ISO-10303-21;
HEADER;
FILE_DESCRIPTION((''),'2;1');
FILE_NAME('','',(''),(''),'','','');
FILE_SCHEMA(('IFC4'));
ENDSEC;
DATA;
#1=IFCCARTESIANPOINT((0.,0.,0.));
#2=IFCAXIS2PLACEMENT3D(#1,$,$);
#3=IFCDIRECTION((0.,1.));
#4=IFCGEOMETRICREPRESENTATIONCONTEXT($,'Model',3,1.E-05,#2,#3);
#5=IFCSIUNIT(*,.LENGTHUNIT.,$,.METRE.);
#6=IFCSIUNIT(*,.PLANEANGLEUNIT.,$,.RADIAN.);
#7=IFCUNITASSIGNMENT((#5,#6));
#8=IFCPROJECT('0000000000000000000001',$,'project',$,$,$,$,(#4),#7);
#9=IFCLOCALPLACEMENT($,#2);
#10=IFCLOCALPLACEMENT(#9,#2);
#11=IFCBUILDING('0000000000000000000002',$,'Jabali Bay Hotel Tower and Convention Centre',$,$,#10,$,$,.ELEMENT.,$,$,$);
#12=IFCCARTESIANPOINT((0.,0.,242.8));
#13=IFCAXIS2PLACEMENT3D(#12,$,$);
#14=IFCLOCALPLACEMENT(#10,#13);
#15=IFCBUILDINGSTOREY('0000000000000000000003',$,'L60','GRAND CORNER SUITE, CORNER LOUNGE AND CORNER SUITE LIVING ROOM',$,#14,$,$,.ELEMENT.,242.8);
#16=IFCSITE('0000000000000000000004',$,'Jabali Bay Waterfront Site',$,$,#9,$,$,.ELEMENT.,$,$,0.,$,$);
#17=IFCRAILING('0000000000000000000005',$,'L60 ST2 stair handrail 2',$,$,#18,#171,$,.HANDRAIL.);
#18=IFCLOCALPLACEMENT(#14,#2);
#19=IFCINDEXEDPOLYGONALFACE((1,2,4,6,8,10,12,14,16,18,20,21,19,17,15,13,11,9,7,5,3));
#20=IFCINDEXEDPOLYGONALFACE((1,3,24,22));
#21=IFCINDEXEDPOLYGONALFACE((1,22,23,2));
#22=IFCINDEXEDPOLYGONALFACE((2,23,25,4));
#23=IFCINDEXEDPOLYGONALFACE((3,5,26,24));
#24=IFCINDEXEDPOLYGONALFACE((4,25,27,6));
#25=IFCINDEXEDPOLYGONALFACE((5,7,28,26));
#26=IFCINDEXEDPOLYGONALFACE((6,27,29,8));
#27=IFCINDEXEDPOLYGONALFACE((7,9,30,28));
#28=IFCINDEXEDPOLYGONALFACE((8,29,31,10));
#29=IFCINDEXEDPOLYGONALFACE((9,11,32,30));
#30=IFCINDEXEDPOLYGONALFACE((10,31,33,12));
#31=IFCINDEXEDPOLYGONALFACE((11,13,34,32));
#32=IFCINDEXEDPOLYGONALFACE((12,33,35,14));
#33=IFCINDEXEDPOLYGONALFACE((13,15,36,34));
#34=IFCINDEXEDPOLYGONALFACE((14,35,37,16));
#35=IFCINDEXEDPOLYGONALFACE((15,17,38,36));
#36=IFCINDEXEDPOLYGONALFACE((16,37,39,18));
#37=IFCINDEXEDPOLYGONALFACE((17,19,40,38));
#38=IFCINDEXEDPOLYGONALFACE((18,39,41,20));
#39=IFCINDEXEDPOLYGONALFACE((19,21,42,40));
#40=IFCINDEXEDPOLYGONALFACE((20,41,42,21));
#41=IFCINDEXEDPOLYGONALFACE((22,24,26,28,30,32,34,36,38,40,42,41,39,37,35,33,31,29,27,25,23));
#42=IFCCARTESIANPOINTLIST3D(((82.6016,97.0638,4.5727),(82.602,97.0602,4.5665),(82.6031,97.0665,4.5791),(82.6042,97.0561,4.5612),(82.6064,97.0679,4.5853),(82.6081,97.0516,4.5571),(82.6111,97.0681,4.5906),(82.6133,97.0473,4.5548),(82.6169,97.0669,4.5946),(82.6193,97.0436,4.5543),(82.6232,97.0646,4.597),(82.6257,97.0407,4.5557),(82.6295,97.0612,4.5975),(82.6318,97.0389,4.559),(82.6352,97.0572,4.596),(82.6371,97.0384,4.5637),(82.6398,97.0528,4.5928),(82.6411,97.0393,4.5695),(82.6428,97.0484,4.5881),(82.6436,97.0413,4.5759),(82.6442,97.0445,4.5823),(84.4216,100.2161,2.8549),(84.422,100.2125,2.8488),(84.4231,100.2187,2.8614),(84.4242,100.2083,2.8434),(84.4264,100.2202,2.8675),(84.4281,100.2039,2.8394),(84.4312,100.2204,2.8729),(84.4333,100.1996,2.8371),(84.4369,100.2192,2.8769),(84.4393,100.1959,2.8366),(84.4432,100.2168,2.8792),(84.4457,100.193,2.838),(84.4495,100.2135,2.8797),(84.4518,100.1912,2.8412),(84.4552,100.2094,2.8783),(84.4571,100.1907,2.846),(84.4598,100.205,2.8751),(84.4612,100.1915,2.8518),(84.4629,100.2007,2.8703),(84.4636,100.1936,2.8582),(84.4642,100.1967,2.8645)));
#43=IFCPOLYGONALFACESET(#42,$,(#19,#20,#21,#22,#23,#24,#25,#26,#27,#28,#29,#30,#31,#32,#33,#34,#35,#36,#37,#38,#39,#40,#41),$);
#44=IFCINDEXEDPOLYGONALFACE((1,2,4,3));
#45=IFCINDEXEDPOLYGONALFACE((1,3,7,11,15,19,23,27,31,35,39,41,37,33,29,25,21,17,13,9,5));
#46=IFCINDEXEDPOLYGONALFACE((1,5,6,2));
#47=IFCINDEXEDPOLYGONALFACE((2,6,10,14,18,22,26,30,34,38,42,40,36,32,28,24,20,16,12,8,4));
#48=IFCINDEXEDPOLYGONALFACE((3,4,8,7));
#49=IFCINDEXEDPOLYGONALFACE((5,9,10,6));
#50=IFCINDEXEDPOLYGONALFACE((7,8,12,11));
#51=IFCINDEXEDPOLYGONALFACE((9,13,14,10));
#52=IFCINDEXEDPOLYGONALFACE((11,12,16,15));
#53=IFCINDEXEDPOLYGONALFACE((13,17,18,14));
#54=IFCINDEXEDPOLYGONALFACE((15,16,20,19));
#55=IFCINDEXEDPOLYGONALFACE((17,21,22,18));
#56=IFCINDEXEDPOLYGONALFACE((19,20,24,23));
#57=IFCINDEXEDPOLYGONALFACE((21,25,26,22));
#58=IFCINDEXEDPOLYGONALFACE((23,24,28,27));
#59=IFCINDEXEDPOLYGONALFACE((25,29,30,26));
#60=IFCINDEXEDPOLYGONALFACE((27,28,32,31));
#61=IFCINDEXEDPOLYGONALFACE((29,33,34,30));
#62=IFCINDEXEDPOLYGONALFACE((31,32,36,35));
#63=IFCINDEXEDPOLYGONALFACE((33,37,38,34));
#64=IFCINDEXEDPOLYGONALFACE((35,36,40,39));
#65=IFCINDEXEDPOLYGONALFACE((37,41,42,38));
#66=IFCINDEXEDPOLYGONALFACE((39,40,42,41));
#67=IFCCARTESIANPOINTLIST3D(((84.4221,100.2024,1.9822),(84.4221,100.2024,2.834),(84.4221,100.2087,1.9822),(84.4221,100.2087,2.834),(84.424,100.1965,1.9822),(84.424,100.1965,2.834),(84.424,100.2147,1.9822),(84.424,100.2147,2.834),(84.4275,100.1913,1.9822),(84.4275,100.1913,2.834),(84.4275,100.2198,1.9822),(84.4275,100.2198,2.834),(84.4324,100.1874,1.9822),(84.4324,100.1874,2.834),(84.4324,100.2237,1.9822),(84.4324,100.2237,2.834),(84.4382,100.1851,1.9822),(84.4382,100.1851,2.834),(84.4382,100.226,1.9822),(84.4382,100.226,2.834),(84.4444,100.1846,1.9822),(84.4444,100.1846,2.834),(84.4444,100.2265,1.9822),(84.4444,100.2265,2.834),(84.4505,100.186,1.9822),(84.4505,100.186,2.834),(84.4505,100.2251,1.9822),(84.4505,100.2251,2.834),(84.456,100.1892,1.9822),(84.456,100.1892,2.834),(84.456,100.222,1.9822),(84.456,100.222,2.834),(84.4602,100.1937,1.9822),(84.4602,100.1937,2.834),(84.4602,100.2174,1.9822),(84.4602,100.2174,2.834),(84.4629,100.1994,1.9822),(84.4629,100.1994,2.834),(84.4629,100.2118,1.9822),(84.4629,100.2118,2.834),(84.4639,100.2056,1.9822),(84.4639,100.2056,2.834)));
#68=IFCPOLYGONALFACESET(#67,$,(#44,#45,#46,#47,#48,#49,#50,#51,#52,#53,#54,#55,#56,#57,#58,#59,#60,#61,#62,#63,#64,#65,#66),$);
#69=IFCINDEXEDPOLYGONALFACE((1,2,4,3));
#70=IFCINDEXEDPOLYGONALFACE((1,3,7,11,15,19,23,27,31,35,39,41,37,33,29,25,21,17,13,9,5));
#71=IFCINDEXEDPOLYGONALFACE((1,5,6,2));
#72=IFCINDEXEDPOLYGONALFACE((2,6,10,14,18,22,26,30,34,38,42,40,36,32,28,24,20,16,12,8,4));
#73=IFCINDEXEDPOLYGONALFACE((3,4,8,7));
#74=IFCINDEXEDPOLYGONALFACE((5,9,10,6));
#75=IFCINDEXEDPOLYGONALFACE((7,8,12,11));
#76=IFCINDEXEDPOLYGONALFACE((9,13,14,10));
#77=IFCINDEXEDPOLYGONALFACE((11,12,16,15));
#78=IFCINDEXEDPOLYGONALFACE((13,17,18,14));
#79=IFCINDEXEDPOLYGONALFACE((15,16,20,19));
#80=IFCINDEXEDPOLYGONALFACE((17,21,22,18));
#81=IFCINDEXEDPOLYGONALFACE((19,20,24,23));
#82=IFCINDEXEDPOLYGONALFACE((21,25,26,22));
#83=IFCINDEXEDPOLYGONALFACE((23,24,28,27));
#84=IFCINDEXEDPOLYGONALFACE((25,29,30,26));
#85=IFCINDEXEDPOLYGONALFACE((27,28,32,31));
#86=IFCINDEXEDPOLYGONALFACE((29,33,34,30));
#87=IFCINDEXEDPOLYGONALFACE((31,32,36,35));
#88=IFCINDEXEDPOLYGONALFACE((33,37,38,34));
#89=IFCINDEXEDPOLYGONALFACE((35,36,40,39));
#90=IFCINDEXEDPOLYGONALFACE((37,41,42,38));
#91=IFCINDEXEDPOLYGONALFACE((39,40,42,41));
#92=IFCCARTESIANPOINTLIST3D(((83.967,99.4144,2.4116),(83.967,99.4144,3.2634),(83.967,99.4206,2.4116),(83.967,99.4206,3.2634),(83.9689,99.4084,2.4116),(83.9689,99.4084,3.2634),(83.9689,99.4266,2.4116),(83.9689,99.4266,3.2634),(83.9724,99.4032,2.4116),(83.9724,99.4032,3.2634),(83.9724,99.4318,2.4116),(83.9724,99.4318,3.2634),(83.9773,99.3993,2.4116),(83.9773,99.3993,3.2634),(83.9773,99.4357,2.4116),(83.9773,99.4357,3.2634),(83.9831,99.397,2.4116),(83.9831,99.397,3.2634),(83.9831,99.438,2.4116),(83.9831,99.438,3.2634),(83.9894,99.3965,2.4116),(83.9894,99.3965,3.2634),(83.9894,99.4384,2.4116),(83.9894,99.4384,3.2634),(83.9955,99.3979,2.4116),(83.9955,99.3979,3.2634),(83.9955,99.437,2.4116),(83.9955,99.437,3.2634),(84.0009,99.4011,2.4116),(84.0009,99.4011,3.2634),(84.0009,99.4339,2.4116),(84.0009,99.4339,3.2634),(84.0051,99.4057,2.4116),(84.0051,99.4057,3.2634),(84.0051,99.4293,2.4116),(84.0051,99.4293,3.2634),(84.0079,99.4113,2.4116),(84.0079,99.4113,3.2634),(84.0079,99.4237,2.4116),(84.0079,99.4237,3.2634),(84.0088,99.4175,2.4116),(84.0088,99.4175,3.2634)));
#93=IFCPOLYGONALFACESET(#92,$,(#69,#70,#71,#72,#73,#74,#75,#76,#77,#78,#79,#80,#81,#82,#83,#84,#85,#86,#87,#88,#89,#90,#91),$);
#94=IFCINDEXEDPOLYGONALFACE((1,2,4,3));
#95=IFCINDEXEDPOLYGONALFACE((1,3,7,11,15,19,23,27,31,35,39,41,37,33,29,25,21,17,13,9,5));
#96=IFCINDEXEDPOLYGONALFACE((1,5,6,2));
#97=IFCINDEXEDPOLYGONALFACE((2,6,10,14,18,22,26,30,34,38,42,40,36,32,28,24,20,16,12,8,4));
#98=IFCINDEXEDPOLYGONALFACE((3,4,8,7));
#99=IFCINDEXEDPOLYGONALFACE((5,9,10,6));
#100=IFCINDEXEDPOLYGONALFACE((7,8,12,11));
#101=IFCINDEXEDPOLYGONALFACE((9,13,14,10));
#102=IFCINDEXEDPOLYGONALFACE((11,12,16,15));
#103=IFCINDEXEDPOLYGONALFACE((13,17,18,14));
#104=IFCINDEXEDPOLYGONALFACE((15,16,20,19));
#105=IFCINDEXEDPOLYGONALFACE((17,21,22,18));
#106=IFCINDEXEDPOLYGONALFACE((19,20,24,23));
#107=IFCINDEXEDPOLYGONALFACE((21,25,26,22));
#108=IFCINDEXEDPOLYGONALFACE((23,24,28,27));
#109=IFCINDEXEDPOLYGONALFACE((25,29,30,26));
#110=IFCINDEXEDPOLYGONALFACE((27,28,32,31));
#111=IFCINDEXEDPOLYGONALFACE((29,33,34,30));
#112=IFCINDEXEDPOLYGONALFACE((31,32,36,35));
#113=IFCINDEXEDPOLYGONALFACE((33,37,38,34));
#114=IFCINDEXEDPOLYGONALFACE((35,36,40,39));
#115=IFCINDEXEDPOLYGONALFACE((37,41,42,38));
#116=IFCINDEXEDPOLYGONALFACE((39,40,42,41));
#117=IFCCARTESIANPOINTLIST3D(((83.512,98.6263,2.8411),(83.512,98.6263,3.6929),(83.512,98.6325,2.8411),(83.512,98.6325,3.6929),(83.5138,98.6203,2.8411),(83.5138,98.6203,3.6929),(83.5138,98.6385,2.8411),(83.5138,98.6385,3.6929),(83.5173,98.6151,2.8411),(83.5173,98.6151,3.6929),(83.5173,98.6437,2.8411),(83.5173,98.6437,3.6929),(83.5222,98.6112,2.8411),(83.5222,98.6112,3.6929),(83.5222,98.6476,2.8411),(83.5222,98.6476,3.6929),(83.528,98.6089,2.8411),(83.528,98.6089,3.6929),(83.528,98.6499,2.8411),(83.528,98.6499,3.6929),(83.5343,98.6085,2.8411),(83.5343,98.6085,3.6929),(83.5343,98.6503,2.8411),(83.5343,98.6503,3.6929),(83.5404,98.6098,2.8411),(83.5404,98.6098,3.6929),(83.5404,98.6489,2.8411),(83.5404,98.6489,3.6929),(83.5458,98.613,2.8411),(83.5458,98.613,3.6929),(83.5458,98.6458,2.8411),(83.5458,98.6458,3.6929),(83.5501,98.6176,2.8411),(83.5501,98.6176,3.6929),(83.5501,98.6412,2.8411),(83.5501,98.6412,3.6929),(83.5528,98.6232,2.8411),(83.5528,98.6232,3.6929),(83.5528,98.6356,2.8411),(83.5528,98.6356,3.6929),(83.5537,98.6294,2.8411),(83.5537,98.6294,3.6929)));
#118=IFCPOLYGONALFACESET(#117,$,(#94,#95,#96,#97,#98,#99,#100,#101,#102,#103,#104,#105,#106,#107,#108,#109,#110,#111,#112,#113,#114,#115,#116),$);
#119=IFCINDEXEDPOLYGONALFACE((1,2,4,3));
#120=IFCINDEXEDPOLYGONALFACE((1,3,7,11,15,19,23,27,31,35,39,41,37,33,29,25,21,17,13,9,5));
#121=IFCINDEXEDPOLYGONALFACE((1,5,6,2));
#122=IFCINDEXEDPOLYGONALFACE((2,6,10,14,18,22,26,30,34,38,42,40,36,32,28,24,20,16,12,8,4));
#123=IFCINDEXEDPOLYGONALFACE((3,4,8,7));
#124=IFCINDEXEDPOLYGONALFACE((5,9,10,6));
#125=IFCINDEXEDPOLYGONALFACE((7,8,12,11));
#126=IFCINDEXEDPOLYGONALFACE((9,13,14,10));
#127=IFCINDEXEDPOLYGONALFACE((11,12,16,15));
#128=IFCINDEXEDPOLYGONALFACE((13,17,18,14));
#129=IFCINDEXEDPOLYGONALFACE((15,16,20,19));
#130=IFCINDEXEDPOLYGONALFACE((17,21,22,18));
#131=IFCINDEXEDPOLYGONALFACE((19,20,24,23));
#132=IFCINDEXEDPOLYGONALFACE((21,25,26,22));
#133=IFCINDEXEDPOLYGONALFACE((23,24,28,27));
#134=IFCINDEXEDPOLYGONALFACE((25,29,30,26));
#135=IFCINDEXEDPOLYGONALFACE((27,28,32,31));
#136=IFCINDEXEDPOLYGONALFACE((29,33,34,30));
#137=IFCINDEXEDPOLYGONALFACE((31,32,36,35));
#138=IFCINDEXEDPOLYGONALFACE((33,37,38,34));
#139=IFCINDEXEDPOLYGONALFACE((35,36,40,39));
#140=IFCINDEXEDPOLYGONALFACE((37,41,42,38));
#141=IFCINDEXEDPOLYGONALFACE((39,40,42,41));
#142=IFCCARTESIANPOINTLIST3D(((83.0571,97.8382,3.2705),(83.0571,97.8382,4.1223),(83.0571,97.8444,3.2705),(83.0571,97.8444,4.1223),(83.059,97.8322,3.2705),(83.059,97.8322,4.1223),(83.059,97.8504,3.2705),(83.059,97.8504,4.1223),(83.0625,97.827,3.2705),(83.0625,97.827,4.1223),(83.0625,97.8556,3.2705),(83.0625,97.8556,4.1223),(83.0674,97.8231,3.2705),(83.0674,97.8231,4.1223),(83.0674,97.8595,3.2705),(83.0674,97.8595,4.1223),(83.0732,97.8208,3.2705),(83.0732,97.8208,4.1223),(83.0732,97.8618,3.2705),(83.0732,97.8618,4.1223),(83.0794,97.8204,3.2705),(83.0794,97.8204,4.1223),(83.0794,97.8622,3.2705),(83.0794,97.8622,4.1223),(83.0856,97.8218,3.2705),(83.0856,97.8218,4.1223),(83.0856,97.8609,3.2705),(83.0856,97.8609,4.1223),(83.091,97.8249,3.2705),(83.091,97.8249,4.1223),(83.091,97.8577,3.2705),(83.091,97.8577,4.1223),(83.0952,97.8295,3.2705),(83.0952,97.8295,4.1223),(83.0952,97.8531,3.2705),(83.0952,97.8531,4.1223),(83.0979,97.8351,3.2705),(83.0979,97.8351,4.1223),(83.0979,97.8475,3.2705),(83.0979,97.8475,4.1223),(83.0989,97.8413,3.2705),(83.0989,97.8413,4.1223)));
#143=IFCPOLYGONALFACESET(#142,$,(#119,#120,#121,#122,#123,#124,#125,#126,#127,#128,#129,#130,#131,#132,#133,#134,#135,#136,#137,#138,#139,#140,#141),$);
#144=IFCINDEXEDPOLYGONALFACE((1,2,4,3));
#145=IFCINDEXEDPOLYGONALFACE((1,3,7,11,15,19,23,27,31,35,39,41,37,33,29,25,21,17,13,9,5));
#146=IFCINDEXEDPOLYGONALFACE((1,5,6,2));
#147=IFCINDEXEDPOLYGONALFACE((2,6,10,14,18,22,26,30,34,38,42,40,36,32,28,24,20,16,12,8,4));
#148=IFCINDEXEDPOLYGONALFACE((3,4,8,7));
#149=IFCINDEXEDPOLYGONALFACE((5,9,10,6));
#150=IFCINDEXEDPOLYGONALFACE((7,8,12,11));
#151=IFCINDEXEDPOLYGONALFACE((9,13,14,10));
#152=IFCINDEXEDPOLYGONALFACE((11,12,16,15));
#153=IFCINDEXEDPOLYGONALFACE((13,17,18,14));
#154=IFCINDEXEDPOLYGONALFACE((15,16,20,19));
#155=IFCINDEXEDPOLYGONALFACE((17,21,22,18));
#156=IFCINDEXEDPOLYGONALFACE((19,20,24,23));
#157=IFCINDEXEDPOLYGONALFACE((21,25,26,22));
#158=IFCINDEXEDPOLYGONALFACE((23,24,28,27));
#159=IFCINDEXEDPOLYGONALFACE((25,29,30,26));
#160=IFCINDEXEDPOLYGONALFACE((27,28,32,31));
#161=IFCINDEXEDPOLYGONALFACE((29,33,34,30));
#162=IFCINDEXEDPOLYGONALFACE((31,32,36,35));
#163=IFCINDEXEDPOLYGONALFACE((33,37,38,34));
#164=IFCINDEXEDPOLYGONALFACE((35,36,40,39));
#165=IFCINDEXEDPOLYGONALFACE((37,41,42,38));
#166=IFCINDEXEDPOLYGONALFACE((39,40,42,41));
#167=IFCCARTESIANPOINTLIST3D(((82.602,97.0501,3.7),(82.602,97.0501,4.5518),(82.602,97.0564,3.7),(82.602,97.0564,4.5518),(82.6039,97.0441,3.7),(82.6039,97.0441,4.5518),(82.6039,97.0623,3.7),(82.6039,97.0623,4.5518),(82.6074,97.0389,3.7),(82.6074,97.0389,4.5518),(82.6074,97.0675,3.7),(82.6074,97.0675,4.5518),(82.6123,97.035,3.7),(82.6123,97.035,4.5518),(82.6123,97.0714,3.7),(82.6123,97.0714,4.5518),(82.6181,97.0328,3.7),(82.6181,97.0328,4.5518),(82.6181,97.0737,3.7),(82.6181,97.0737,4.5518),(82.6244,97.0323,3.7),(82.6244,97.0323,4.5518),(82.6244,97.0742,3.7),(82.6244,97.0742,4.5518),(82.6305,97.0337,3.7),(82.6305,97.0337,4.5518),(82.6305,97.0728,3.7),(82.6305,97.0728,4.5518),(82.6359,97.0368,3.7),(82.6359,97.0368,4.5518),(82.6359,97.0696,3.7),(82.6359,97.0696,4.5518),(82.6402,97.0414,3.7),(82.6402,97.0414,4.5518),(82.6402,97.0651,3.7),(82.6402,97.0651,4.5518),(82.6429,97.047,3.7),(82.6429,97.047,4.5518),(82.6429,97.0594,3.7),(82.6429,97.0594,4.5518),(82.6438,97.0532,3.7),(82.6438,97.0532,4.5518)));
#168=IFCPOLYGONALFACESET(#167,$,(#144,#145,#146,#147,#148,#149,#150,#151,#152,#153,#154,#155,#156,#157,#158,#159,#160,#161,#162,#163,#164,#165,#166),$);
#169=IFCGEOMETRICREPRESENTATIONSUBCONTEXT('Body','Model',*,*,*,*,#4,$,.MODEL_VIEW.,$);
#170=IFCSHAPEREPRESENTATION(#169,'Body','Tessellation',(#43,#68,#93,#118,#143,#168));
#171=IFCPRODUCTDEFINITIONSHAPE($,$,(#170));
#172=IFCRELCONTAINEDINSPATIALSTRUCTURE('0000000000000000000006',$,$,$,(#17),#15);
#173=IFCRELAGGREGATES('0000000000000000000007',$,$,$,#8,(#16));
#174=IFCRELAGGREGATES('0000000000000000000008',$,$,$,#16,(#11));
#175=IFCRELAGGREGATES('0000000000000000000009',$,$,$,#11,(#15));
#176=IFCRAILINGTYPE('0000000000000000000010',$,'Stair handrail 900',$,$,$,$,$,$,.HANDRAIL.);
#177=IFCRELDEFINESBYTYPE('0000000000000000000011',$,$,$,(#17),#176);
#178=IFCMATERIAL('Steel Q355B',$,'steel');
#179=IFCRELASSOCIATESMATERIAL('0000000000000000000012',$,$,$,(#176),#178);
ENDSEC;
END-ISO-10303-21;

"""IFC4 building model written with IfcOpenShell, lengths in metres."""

from ifc_helpers import new_model, si_unit, direction, frame, origin, origin_2d, place, context, subcontext, project, spatial, circle, extrude, material, type_object, element, save


model = new_model("IFC4")

# Units and contexts
model_context = context("Model", 3, precision=1e-05, world=origin(), true_north=direction((0.0, 1.0)))
body_context = subcontext(model_context, "Body", "Model", "MODEL_VIEW")
ifc_project = project(units=[si_unit("LENGTHUNIT", "METRE"), si_unit("PLANEANGLEUNIT", "RADIAN")], contexts=[model_context])

# Site, building, storey
site_placement = place(None, origin())
site = spatial("IfcSite", under=ifc_project, at=site_placement, Name="Jabali Bay Waterfront Site", CompositionType="ELEMENT", RefElevation=0.0)
building_placement = place(site_placement, origin())
building = spatial("IfcBuilding", under=site, at=building_placement, Name="Jabali Bay Hotel Tower and Convention Centre", CompositionType="ELEMENT")
storey_placement = place(building_placement, frame((0.0, 0.0, 242.8)))
storey = spatial("IfcBuildingStorey", under=building, at=storey_placement, Name="L60", Description="GRAND CORNER SUITE, CORNER LOUNGE AND CORNER SUITE LIVING ROOM", CompositionType="ELEMENT", Elevation=242.8)

# Railing
ifc_material_1 = material(Name="Steel Q355B", Category="steel")
railing_type_1 = type_object("IfcRailingType", Name="Stair handrail 900", PredefinedType="HANDRAIL", material=ifc_material_1)
railing_1_placement = place(storey_placement, frame((84.4429, 100.2056, 1.9822)))
element("IfcRailing", 1, at=railing_1_placement, inside=storey, type_object=railing_type_1, Name="L60 ST2 stair handrail 2", PredefinedType="HANDRAIL", context=body_context, shape_type="SweptSolid", body=[
    extrude(circle(Radius=0.0239, at=origin_2d()), frame((0.0, 0.0, 0.876), z_axis=(-0.45219, -0.78319, 0.426775), x_axis=(0.866018, -0.500013, 0.0)), (0.0, 0.0, 1.0), 4.0249),
    extrude(circle(Radius=0.021, at=origin_2d()), origin(), (0.0, 0.0, 1.0), 0.8518),
    extrude(circle(Radius=0.021, at=origin_2d()), frame((-0.4551, -0.7881, 0.4294)), (0.0, 0.0, 1.0), 0.8518),
    extrude(circle(Radius=0.021, at=origin_2d()), frame((-0.9102, -1.5762, 0.8589)), (0.0, 0.0, 1.0), 0.8518),
    extrude(circle(Radius=0.021, at=origin_2d()), frame((-1.365, -2.3643, 1.2883)), (0.0, 0.0, 1.0), 0.8518),
    extrude(circle(Radius=0.021, at=origin_2d()), frame((-1.8201, -3.1523, 1.7178)), (0.0, 0.0, 1.0), 0.8518),
])

save(model, "model.ifc")
